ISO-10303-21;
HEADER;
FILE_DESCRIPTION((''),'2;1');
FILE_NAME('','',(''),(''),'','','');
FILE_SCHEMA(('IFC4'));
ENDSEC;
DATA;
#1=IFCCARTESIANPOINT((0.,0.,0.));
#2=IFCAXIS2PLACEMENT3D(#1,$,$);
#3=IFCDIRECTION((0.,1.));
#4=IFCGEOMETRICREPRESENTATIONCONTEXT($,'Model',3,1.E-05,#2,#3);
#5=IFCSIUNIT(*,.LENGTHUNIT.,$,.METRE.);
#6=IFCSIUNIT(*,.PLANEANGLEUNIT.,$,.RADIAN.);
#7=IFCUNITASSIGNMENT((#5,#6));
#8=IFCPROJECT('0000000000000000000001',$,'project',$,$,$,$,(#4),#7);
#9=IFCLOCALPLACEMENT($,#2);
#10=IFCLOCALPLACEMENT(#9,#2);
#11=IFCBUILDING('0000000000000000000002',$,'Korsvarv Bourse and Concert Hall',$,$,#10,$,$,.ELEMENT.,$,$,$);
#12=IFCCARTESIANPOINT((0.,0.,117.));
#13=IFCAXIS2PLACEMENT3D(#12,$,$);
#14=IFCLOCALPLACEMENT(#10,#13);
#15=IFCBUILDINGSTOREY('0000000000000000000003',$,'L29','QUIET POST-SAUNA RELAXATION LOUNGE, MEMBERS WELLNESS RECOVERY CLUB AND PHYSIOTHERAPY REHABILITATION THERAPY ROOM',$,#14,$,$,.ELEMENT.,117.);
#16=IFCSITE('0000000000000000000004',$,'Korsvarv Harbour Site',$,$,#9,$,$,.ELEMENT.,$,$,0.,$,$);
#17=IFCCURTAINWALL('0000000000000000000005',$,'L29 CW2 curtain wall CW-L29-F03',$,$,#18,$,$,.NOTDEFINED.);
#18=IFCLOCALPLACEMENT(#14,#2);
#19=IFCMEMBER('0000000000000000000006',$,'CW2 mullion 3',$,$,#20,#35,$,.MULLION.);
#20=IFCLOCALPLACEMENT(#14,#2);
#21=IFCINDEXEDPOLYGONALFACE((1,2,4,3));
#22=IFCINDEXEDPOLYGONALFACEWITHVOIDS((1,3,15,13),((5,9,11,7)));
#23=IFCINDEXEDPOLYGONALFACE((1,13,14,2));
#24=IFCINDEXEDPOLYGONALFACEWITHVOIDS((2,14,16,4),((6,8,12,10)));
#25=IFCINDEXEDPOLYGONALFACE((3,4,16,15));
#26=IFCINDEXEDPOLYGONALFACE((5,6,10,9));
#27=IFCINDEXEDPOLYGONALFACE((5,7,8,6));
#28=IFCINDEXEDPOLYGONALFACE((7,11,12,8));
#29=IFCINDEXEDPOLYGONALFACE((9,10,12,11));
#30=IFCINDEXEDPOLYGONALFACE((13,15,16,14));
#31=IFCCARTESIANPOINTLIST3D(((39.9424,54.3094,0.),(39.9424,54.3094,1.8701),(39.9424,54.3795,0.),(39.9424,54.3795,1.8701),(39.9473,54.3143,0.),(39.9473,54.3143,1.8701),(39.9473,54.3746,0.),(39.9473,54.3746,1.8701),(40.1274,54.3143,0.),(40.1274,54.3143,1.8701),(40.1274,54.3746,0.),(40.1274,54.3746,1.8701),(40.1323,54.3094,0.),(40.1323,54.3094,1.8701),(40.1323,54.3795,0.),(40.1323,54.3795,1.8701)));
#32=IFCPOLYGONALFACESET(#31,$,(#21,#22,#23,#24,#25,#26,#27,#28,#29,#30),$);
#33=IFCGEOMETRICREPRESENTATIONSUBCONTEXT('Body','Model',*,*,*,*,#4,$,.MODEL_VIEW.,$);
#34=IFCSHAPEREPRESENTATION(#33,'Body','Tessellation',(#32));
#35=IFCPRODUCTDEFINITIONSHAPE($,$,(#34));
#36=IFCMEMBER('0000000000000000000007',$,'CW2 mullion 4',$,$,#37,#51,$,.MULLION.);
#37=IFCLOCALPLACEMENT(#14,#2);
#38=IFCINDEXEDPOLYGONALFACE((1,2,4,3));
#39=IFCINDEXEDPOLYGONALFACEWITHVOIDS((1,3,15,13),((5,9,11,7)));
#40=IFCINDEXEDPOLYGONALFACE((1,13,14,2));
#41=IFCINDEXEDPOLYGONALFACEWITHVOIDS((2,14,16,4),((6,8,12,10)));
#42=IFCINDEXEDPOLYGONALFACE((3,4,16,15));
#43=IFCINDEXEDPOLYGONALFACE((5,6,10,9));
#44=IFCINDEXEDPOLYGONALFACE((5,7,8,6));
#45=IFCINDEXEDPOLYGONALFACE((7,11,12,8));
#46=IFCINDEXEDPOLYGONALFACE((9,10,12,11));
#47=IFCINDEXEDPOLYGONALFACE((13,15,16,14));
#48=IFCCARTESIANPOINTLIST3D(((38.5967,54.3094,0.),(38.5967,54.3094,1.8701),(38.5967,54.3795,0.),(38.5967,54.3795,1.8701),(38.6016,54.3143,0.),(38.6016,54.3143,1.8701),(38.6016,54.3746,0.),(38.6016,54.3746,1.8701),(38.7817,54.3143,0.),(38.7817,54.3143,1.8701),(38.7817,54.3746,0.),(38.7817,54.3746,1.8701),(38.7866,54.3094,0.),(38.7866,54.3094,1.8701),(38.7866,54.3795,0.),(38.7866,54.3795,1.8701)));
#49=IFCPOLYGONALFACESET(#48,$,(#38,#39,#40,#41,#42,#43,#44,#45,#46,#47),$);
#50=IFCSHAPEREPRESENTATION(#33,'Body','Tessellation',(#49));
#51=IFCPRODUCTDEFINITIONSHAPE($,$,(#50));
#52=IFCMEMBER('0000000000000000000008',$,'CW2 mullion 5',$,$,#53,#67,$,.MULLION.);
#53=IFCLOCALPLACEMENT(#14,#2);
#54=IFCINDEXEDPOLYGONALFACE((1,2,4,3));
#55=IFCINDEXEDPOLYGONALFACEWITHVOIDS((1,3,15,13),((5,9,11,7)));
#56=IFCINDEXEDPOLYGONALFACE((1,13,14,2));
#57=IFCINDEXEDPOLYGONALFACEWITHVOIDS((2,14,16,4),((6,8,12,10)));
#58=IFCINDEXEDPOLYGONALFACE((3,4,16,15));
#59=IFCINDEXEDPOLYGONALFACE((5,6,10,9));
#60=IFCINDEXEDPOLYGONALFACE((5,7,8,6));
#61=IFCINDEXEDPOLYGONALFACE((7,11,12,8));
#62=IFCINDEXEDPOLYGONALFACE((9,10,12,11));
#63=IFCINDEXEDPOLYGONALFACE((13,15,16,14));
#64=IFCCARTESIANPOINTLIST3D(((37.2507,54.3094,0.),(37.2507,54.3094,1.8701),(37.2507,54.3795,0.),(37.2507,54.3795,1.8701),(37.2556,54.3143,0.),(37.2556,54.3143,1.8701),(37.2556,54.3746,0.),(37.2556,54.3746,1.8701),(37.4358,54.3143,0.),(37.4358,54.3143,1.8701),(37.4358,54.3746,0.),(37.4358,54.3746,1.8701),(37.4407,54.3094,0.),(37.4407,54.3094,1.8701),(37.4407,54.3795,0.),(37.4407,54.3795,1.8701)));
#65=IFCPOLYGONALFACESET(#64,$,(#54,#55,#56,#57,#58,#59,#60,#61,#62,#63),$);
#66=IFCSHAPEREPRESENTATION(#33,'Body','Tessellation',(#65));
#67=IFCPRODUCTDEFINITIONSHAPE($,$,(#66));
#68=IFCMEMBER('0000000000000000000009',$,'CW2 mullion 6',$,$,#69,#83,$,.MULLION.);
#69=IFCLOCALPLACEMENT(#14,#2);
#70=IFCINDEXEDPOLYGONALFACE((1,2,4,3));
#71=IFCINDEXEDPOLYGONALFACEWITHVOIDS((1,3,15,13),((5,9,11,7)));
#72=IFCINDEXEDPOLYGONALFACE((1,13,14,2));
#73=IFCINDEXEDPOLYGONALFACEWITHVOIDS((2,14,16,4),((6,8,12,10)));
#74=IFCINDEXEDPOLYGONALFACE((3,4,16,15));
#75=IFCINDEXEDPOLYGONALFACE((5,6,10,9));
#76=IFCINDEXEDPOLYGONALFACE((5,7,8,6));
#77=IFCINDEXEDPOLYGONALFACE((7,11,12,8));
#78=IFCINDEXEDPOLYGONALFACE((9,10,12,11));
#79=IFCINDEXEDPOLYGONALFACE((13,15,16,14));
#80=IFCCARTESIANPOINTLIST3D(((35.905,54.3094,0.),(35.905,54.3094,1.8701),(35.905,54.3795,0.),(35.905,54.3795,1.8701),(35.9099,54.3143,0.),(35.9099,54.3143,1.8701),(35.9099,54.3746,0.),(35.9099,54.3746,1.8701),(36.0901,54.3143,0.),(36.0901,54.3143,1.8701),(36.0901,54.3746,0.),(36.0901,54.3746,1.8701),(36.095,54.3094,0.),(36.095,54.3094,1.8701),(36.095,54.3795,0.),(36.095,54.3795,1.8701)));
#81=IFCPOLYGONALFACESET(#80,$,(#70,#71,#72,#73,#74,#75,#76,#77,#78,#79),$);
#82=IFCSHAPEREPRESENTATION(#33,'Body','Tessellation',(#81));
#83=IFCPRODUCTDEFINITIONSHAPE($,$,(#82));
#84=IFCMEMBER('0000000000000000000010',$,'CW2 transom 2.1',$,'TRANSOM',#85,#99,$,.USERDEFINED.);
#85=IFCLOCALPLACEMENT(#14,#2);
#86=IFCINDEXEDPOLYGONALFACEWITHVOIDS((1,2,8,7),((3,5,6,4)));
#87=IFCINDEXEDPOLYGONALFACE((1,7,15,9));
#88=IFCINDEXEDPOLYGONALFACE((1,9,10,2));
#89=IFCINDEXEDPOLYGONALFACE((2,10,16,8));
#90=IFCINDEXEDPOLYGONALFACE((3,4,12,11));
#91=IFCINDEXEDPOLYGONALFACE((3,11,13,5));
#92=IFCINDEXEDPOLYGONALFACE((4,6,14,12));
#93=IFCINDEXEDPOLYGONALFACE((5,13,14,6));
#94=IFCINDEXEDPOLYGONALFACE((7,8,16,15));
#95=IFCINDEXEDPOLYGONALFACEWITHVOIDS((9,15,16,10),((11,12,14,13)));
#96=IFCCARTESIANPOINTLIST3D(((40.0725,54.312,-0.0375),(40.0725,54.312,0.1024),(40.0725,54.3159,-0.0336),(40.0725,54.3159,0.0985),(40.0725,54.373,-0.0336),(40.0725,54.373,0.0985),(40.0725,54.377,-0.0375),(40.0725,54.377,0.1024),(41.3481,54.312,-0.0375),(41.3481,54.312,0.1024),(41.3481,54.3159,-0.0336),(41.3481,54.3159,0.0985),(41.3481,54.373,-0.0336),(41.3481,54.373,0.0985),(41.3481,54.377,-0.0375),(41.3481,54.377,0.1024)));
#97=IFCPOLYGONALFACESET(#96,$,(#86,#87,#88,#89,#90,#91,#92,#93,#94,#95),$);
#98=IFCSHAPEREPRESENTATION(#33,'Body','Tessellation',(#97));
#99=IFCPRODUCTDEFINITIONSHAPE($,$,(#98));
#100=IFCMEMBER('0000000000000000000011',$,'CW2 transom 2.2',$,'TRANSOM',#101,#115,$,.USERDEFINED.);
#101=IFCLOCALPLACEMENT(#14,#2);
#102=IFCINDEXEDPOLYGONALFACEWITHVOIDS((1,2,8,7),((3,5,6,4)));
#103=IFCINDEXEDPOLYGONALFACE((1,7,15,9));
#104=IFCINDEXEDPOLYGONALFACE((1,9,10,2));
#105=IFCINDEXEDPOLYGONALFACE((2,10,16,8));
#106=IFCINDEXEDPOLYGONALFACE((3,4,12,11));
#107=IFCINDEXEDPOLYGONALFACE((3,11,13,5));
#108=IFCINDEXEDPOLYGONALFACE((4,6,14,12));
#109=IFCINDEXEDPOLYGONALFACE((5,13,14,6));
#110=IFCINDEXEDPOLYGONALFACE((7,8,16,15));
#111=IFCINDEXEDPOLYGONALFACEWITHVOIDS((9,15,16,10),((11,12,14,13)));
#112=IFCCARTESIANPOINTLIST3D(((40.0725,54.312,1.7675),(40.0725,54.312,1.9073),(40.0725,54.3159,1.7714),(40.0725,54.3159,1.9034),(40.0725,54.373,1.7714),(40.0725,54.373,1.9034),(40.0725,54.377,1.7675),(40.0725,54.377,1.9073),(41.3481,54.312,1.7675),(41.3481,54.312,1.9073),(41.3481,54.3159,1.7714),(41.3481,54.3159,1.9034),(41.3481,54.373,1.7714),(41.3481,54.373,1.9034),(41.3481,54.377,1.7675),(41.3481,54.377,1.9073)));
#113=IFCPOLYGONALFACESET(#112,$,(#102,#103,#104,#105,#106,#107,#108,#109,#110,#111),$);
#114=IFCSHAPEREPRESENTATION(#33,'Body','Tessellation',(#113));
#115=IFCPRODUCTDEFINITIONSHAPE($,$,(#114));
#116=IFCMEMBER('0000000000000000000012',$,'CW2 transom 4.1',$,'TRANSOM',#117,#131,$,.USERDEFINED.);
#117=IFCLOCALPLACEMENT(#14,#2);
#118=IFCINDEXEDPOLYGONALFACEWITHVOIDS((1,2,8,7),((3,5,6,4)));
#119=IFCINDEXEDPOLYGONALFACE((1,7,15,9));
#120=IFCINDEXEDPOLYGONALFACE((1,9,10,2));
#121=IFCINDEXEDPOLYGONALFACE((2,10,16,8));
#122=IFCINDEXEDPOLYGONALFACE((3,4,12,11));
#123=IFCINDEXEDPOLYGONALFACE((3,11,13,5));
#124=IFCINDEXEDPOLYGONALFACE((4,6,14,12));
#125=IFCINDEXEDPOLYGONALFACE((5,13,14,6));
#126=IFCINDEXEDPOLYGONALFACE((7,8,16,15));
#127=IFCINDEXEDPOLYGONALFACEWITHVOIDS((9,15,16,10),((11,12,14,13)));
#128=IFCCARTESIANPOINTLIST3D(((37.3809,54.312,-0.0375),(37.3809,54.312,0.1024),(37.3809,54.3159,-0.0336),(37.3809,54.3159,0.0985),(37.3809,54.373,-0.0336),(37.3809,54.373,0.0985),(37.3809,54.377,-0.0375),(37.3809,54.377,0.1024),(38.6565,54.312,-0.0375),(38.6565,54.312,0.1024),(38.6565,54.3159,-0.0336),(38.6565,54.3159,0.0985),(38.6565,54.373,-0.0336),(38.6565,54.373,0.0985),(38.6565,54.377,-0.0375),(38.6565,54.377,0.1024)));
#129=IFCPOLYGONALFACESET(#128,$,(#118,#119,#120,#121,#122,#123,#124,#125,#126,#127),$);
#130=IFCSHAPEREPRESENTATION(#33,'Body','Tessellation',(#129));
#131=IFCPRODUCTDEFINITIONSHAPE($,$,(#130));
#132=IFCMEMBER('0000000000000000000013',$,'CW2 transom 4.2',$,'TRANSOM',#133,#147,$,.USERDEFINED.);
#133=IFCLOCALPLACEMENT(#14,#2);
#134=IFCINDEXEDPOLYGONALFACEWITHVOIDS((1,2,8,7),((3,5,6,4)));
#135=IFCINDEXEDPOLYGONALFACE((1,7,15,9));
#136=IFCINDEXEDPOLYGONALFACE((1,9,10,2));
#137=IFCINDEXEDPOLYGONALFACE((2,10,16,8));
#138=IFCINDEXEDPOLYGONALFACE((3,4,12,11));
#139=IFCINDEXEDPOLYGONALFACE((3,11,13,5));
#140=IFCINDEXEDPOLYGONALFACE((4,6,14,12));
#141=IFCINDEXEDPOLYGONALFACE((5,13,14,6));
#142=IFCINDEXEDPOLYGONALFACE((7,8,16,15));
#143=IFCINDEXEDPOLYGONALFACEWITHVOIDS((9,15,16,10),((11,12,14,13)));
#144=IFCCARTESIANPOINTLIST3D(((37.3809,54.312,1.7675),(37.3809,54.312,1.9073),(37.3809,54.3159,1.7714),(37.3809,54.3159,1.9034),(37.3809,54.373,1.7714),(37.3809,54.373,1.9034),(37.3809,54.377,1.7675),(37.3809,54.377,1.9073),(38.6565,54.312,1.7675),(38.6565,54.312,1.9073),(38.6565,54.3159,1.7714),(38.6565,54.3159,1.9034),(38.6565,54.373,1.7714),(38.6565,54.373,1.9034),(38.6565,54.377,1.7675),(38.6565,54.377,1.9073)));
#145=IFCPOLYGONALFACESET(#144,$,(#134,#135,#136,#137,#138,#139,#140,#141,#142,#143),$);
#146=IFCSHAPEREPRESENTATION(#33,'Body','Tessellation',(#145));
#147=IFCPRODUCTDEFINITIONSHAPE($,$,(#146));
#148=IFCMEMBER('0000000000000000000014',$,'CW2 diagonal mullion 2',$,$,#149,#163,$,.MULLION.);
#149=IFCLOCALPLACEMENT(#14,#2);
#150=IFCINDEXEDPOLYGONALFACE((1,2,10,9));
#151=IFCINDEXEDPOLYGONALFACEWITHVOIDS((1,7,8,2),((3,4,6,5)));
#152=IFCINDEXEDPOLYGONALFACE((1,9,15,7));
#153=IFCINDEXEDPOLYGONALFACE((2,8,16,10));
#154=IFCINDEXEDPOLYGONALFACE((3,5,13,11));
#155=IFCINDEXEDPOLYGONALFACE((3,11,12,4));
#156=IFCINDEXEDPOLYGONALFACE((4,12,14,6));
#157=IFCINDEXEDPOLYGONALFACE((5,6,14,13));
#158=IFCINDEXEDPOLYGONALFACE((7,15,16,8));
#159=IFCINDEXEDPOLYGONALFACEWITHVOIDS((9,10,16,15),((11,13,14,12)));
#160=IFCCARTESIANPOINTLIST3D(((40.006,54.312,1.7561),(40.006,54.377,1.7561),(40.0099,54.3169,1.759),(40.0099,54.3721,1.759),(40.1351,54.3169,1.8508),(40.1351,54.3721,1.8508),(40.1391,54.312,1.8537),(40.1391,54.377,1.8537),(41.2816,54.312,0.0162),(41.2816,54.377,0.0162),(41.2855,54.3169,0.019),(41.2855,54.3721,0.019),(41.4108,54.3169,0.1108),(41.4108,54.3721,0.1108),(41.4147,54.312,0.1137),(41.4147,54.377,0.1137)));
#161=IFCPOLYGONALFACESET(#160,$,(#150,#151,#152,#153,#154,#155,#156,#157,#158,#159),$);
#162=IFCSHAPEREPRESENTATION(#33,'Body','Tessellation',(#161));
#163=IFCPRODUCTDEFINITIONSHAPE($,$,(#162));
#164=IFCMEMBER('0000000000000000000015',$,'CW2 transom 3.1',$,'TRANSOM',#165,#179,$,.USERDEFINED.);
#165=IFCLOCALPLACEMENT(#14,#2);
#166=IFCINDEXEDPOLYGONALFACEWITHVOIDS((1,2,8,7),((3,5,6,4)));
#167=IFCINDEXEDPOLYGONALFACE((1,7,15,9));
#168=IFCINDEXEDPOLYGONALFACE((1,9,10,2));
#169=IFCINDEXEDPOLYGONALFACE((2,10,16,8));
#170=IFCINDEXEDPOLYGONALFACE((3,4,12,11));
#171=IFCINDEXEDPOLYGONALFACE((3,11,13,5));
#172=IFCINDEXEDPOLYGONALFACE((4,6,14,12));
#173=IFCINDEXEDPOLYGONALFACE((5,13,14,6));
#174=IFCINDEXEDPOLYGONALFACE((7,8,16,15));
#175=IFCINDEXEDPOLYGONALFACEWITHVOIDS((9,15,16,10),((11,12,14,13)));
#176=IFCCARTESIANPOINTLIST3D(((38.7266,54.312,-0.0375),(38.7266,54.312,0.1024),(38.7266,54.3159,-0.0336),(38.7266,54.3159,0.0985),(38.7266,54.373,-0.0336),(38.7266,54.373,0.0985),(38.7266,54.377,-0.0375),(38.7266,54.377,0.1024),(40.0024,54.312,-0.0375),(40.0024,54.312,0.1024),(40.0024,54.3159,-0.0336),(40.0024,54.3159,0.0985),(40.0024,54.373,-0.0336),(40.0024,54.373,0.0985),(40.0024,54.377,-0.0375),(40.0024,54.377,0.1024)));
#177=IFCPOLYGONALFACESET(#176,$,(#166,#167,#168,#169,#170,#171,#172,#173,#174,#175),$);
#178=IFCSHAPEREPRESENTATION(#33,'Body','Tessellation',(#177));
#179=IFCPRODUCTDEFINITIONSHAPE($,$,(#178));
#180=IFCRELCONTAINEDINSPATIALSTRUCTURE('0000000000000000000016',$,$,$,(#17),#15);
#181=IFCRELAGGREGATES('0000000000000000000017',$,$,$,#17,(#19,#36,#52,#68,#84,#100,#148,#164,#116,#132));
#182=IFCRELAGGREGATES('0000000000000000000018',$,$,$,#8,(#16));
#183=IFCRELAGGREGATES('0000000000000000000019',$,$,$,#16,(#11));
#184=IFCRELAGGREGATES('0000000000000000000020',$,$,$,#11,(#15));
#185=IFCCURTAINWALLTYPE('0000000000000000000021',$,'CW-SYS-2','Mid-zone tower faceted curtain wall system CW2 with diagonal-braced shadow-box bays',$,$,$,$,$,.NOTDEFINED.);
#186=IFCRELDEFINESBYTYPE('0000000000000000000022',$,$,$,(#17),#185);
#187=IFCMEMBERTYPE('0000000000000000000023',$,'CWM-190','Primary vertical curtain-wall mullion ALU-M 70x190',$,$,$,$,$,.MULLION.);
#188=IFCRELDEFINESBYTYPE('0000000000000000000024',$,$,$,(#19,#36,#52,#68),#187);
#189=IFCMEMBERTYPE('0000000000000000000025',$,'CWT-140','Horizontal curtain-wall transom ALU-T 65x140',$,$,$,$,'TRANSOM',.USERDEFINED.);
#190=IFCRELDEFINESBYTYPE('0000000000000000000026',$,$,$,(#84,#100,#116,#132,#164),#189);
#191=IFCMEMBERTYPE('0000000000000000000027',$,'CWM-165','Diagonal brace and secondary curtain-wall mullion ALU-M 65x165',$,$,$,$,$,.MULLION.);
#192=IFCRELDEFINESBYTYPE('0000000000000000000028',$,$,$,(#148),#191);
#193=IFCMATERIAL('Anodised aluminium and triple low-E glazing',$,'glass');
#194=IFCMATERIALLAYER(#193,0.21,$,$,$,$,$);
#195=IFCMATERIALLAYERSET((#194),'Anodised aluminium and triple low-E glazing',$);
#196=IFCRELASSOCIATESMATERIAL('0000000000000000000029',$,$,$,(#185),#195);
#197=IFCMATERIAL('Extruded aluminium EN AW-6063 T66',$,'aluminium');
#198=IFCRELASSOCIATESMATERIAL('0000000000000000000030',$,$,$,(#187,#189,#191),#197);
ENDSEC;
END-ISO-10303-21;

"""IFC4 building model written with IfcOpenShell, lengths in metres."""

from ifc_helpers import new_model, si_unit, direction, frame, origin, origin_2d, place, context, subcontext, project, spatial, hollow_rectangle, extrude, source, transform, mapped, material, layer, layer_set, material_profile, profile_set, type_object, element, aggregate, save


model = new_model("IFC4")

# Units and contexts
model_context = context("Model", 3, precision=1e-05, world=origin(), true_north=direction((0.0, 1.0)))
body_context = subcontext(model_context, "Body", "Model", "MODEL_VIEW")
ifc_project = project(units=[si_unit("LENGTHUNIT", "METRE"), si_unit("PLANEANGLEUNIT", "RADIAN")], contexts=[model_context])

# Site, building, storey
site_placement = place(None, origin())
site = spatial("IfcSite", under=ifc_project, at=site_placement, Name="Korsvarv Harbour Site", CompositionType="ELEMENT", RefElevation=0.0)
building_placement = place(site_placement, origin())
building = spatial("IfcBuilding", under=site, at=building_placement, Name="Korsvarv Bourse and Concert Hall", CompositionType="ELEMENT")
storey_placement = place(building_placement, frame((0.0, 0.0, 117.0)))
storey = spatial("IfcBuildingStorey", under=building, at=storey_placement, Name="L29", Description="QUIET POST-SAUNA RELAXATION LOUNGE, MEMBERS WELLNESS RECOVERY CLUB AND PHYSIOTHERAPY REHABILITATION THERAPY ROOM", CompositionType="ELEMENT", Elevation=117.0)

# Curtain wall, members
ifc_material_1 = material(Name="Anodised aluminium and triple low-E glazing", Category="glass")
ifc_layer_1 = layer(ifc_material_1, 0.21)
ifc_layer_set_1 = layer_set([ifc_layer_1], Name="Anodised aluminium and triple low-E glazing")
curtain_wall_type = type_object("IfcCurtainWallType", Name="CW-SYS-2", Description="Mid-zone tower faceted curtain wall system CW2 with diagonal-braced shadow-box bays", PredefinedType="NOTDEFINED", material=ifc_layer_set_1)
curtain_wall_placement = place(storey_placement, origin())
curtain_wall = element("IfcCurtainWall", 1, at=curtain_wall_placement, inside=storey, type_object=curtain_wall_type, Name="L29 CW2 curtain wall CW-L29-F03", PredefinedType="NOTDEFINED")
ifc_material_2 = material(Name="Extruded aluminium EN AW-6063 T66", Category="aluminium")
ifc_material_profile_1 = material_profile(ifc_material_2, hollow_rectangle(XDim=0.0701, YDim=0.1899, WallThickness=0.0049, at=origin_2d()), Name="ALU-M 70x190")
ifc_profile_set_1 = profile_set([ifc_material_profile_1], Name="Extruded aluminium EN AW-6063 T66")
member_type_1 = type_object("IfcMemberType", Name="CWM-190", Description="Primary vertical curtain-wall mullion ALU-M 70x190", PredefinedType="MULLION", material=ifc_profile_set_1)
shared_shape_1 = source(origin(), body_context, "Body", "SweptSolid", [
    extrude(hollow_rectangle(XDim=0.0701, YDim=0.1899, WallThickness=0.0049, at=origin_2d()), origin(), (0.0, 0.0, 1.0), 1.8701),
])
member_1_placement = place(storey_placement, frame((40.0374, 54.3445, 0.0), z_axis=(0.0, 0.0, 1.0), x_axis=(0.0, -1.0, 0.0)))
member_1 = element("IfcMember", 2, at=member_1_placement, type_object=member_type_1, Name="CW2 mullion 3", PredefinedType="MULLION", context=body_context, shape_type="MappedRepresentation", body=[
    mapped(shared_shape_1, transform((0.0, 0.0, 0.0), scale=1.0)),
])
member_2_placement = place(storey_placement, frame((38.6917, 54.3445, 0.0), z_axis=(0.0, 0.0, 1.0), x_axis=(0.0, -1.0, 0.0)))
member_2 = element("IfcMember", 3, at=member_2_placement, type_object=member_type_1, Name="CW2 mullion 4", PredefinedType="MULLION", context=body_context, shape_type="MappedRepresentation", body=[
    mapped(shared_shape_1, transform((0.0, 0.0, 0.0), scale=1.0)),
])
member_3_placement = place(storey_placement, frame((37.3457, 54.3445, 0.0), z_axis=(0.0, 0.0, 1.0), x_axis=(0.0, -1.0, 0.0)))
member_3 = element("IfcMember", 4, at=member_3_placement, type_object=member_type_1, Name="CW2 mullion 5", PredefinedType="MULLION", context=body_context, shape_type="MappedRepresentation", body=[
    mapped(shared_shape_1, transform((0.0, 0.0, 0.0), scale=1.0)),
])
member_4_placement = place(storey_placement, frame((36.0, 54.3445, 0.0), z_axis=(0.0, 0.0, 1.0), x_axis=(0.0, -1.0, 0.0)))
member_4 = element("IfcMember", 5, at=member_4_placement, type_object=member_type_1, Name="CW2 mullion 6", PredefinedType="MULLION", context=body_context, shape_type="MappedRepresentation", body=[
    mapped(shared_shape_1, transform((0.0, 0.0, 0.0), scale=1.0)),
])
ifc_material_profile_2 = material_profile(ifc_material_2, hollow_rectangle(XDim=0.0649, YDim=0.1399, WallThickness=0.0039, at=origin_2d()), Name="ALU-T 65x140")
ifc_profile_set_2 = profile_set([ifc_material_profile_2], Name="Extruded aluminium EN AW-6063 T66")
member_type_2 = type_object("IfcMemberType", Name="CWT-140", Description="Horizontal curtain-wall transom ALU-T 65x140", ElementType="TRANSOM", PredefinedType="USERDEFINED", material=ifc_profile_set_2)
shared_shape_2 = source(origin(), body_context, "Body", "SweptSolid", [
    extrude(hollow_rectangle(XDim=0.0649, YDim=0.1399, WallThickness=0.0039, at=origin_2d()), origin(), (0.0, 0.0, 1.0), 1.2756),
])
member_5_placement = place(storey_placement, frame((41.3481, 54.3445, 0.0325), z_axis=(-1.0, 0.0, 0.0), x_axis=(0.0, -1.0, 0.0)))
member_5 = element("IfcMember", 6, at=member_5_placement, type_object=member_type_2, Name="CW2 transom 2.1", ObjectType="TRANSOM", PredefinedType="USERDEFINED", context=body_context, shape_type="MappedRepresentation", body=[
    mapped(shared_shape_2, transform((0.0, 0.0, 0.0), scale=1.0)),
])
member_6_placement = place(storey_placement, frame((41.3481, 54.3445, 1.8374), z_axis=(-1.0, 0.0, 0.0), x_axis=(0.0, -1.0, 0.0)))
member_6 = element("IfcMember", 7, at=member_6_placement, type_object=member_type_2, Name="CW2 transom 2.2", ObjectType="TRANSOM", PredefinedType="USERDEFINED", context=body_context, shape_type="MappedRepresentation", body=[
    mapped(shared_shape_2, transform((0.0, 0.0, 0.0), scale=1.0)),
])
member_7_placement = place(storey_placement, frame((38.6565, 54.3445, 0.0325), z_axis=(-1.0, 0.0, 0.0), x_axis=(0.0, -1.0, 0.0)))
member_7 = element("IfcMember", 8, at=member_7_placement, type_object=member_type_2, Name="CW2 transom 4.1", ObjectType="TRANSOM", PredefinedType="USERDEFINED", context=body_context, shape_type="MappedRepresentation", body=[
    mapped(shared_shape_2, transform((0.0, 0.0, 0.0), scale=1.0)),
])
member_8_placement = place(storey_placement, frame((38.6565, 54.3445, 1.8374), z_axis=(-1.0, 0.0, 0.0), x_axis=(0.0, -1.0, 0.0)))
member_8 = element("IfcMember", 9, at=member_8_placement, type_object=member_type_2, Name="CW2 transom 4.2", ObjectType="TRANSOM", PredefinedType="USERDEFINED", context=body_context, shape_type="MappedRepresentation", body=[
    mapped(shared_shape_2, transform((0.0, 0.0, 0.0), scale=1.0)),
])
ifc_material_profile_3 = material_profile(ifc_material_2, hollow_rectangle(XDim=0.0649, YDim=0.165, WallThickness=0.0049, at=origin_2d()), Name="ALU-M 65x165")
ifc_profile_set_3 = profile_set([ifc_material_profile_3], Name="Extruded aluminium EN AW-6063 T66")
member_type_3 = type_object("IfcMemberType", Name="CWM-165", Description="Diagonal brace and secondary curtain-wall mullion ALU-M 65x165", PredefinedType="MULLION", material=ifc_profile_set_3)
shared_shape_3 = source(origin(), body_context, "Body", "SweptSolid", [
    extrude(hollow_rectangle(XDim=0.0649, YDim=0.165, WallThickness=0.0049, at=origin_2d()), origin(), (0.0, 0.0, 1.0), 2.1575),
])
member_9_placement = place(storey_placement, frame((41.3481, 54.3445, 0.0649), z_axis=(-0.591256, 0.0, 0.806484), x_axis=(0.0, -1.0, 0.0)))
member_9 = element("IfcMember", 10, at=member_9_placement, type_object=member_type_3, Name="CW2 diagonal mullion 2", PredefinedType="MULLION", context=body_context, shape_type="MappedRepresentation", body=[
    mapped(shared_shape_3, transform((0.0, 0.0, 0.0), scale=1.0)),
])
shared_shape_4 = source(origin(), body_context, "Body", "SweptSolid", [
    extrude(hollow_rectangle(XDim=0.0649, YDim=0.1399, WallThickness=0.0039, at=origin_2d()), origin(), (0.0, 0.0, 1.0), 1.2759),
])
member_10_placement = place(storey_placement, frame((40.0024, 54.3445, 0.0325), z_axis=(-1.0, 0.0, 0.0), x_axis=(0.0, -1.0, 0.0)))
member_10 = element("IfcMember", 11, at=member_10_placement, type_object=member_type_2, Name="CW2 transom 3.1", ObjectType="TRANSOM", PredefinedType="USERDEFINED", context=body_context, shape_type="MappedRepresentation", body=[
    mapped(shared_shape_4, transform((0.0, 0.0, 0.0), scale=1.0)),
])
aggregate(curtain_wall, [member_1, member_2, member_3, member_4, member_5, member_6, member_9, member_10, member_7, member_8])

save(model, "model.ifc")
